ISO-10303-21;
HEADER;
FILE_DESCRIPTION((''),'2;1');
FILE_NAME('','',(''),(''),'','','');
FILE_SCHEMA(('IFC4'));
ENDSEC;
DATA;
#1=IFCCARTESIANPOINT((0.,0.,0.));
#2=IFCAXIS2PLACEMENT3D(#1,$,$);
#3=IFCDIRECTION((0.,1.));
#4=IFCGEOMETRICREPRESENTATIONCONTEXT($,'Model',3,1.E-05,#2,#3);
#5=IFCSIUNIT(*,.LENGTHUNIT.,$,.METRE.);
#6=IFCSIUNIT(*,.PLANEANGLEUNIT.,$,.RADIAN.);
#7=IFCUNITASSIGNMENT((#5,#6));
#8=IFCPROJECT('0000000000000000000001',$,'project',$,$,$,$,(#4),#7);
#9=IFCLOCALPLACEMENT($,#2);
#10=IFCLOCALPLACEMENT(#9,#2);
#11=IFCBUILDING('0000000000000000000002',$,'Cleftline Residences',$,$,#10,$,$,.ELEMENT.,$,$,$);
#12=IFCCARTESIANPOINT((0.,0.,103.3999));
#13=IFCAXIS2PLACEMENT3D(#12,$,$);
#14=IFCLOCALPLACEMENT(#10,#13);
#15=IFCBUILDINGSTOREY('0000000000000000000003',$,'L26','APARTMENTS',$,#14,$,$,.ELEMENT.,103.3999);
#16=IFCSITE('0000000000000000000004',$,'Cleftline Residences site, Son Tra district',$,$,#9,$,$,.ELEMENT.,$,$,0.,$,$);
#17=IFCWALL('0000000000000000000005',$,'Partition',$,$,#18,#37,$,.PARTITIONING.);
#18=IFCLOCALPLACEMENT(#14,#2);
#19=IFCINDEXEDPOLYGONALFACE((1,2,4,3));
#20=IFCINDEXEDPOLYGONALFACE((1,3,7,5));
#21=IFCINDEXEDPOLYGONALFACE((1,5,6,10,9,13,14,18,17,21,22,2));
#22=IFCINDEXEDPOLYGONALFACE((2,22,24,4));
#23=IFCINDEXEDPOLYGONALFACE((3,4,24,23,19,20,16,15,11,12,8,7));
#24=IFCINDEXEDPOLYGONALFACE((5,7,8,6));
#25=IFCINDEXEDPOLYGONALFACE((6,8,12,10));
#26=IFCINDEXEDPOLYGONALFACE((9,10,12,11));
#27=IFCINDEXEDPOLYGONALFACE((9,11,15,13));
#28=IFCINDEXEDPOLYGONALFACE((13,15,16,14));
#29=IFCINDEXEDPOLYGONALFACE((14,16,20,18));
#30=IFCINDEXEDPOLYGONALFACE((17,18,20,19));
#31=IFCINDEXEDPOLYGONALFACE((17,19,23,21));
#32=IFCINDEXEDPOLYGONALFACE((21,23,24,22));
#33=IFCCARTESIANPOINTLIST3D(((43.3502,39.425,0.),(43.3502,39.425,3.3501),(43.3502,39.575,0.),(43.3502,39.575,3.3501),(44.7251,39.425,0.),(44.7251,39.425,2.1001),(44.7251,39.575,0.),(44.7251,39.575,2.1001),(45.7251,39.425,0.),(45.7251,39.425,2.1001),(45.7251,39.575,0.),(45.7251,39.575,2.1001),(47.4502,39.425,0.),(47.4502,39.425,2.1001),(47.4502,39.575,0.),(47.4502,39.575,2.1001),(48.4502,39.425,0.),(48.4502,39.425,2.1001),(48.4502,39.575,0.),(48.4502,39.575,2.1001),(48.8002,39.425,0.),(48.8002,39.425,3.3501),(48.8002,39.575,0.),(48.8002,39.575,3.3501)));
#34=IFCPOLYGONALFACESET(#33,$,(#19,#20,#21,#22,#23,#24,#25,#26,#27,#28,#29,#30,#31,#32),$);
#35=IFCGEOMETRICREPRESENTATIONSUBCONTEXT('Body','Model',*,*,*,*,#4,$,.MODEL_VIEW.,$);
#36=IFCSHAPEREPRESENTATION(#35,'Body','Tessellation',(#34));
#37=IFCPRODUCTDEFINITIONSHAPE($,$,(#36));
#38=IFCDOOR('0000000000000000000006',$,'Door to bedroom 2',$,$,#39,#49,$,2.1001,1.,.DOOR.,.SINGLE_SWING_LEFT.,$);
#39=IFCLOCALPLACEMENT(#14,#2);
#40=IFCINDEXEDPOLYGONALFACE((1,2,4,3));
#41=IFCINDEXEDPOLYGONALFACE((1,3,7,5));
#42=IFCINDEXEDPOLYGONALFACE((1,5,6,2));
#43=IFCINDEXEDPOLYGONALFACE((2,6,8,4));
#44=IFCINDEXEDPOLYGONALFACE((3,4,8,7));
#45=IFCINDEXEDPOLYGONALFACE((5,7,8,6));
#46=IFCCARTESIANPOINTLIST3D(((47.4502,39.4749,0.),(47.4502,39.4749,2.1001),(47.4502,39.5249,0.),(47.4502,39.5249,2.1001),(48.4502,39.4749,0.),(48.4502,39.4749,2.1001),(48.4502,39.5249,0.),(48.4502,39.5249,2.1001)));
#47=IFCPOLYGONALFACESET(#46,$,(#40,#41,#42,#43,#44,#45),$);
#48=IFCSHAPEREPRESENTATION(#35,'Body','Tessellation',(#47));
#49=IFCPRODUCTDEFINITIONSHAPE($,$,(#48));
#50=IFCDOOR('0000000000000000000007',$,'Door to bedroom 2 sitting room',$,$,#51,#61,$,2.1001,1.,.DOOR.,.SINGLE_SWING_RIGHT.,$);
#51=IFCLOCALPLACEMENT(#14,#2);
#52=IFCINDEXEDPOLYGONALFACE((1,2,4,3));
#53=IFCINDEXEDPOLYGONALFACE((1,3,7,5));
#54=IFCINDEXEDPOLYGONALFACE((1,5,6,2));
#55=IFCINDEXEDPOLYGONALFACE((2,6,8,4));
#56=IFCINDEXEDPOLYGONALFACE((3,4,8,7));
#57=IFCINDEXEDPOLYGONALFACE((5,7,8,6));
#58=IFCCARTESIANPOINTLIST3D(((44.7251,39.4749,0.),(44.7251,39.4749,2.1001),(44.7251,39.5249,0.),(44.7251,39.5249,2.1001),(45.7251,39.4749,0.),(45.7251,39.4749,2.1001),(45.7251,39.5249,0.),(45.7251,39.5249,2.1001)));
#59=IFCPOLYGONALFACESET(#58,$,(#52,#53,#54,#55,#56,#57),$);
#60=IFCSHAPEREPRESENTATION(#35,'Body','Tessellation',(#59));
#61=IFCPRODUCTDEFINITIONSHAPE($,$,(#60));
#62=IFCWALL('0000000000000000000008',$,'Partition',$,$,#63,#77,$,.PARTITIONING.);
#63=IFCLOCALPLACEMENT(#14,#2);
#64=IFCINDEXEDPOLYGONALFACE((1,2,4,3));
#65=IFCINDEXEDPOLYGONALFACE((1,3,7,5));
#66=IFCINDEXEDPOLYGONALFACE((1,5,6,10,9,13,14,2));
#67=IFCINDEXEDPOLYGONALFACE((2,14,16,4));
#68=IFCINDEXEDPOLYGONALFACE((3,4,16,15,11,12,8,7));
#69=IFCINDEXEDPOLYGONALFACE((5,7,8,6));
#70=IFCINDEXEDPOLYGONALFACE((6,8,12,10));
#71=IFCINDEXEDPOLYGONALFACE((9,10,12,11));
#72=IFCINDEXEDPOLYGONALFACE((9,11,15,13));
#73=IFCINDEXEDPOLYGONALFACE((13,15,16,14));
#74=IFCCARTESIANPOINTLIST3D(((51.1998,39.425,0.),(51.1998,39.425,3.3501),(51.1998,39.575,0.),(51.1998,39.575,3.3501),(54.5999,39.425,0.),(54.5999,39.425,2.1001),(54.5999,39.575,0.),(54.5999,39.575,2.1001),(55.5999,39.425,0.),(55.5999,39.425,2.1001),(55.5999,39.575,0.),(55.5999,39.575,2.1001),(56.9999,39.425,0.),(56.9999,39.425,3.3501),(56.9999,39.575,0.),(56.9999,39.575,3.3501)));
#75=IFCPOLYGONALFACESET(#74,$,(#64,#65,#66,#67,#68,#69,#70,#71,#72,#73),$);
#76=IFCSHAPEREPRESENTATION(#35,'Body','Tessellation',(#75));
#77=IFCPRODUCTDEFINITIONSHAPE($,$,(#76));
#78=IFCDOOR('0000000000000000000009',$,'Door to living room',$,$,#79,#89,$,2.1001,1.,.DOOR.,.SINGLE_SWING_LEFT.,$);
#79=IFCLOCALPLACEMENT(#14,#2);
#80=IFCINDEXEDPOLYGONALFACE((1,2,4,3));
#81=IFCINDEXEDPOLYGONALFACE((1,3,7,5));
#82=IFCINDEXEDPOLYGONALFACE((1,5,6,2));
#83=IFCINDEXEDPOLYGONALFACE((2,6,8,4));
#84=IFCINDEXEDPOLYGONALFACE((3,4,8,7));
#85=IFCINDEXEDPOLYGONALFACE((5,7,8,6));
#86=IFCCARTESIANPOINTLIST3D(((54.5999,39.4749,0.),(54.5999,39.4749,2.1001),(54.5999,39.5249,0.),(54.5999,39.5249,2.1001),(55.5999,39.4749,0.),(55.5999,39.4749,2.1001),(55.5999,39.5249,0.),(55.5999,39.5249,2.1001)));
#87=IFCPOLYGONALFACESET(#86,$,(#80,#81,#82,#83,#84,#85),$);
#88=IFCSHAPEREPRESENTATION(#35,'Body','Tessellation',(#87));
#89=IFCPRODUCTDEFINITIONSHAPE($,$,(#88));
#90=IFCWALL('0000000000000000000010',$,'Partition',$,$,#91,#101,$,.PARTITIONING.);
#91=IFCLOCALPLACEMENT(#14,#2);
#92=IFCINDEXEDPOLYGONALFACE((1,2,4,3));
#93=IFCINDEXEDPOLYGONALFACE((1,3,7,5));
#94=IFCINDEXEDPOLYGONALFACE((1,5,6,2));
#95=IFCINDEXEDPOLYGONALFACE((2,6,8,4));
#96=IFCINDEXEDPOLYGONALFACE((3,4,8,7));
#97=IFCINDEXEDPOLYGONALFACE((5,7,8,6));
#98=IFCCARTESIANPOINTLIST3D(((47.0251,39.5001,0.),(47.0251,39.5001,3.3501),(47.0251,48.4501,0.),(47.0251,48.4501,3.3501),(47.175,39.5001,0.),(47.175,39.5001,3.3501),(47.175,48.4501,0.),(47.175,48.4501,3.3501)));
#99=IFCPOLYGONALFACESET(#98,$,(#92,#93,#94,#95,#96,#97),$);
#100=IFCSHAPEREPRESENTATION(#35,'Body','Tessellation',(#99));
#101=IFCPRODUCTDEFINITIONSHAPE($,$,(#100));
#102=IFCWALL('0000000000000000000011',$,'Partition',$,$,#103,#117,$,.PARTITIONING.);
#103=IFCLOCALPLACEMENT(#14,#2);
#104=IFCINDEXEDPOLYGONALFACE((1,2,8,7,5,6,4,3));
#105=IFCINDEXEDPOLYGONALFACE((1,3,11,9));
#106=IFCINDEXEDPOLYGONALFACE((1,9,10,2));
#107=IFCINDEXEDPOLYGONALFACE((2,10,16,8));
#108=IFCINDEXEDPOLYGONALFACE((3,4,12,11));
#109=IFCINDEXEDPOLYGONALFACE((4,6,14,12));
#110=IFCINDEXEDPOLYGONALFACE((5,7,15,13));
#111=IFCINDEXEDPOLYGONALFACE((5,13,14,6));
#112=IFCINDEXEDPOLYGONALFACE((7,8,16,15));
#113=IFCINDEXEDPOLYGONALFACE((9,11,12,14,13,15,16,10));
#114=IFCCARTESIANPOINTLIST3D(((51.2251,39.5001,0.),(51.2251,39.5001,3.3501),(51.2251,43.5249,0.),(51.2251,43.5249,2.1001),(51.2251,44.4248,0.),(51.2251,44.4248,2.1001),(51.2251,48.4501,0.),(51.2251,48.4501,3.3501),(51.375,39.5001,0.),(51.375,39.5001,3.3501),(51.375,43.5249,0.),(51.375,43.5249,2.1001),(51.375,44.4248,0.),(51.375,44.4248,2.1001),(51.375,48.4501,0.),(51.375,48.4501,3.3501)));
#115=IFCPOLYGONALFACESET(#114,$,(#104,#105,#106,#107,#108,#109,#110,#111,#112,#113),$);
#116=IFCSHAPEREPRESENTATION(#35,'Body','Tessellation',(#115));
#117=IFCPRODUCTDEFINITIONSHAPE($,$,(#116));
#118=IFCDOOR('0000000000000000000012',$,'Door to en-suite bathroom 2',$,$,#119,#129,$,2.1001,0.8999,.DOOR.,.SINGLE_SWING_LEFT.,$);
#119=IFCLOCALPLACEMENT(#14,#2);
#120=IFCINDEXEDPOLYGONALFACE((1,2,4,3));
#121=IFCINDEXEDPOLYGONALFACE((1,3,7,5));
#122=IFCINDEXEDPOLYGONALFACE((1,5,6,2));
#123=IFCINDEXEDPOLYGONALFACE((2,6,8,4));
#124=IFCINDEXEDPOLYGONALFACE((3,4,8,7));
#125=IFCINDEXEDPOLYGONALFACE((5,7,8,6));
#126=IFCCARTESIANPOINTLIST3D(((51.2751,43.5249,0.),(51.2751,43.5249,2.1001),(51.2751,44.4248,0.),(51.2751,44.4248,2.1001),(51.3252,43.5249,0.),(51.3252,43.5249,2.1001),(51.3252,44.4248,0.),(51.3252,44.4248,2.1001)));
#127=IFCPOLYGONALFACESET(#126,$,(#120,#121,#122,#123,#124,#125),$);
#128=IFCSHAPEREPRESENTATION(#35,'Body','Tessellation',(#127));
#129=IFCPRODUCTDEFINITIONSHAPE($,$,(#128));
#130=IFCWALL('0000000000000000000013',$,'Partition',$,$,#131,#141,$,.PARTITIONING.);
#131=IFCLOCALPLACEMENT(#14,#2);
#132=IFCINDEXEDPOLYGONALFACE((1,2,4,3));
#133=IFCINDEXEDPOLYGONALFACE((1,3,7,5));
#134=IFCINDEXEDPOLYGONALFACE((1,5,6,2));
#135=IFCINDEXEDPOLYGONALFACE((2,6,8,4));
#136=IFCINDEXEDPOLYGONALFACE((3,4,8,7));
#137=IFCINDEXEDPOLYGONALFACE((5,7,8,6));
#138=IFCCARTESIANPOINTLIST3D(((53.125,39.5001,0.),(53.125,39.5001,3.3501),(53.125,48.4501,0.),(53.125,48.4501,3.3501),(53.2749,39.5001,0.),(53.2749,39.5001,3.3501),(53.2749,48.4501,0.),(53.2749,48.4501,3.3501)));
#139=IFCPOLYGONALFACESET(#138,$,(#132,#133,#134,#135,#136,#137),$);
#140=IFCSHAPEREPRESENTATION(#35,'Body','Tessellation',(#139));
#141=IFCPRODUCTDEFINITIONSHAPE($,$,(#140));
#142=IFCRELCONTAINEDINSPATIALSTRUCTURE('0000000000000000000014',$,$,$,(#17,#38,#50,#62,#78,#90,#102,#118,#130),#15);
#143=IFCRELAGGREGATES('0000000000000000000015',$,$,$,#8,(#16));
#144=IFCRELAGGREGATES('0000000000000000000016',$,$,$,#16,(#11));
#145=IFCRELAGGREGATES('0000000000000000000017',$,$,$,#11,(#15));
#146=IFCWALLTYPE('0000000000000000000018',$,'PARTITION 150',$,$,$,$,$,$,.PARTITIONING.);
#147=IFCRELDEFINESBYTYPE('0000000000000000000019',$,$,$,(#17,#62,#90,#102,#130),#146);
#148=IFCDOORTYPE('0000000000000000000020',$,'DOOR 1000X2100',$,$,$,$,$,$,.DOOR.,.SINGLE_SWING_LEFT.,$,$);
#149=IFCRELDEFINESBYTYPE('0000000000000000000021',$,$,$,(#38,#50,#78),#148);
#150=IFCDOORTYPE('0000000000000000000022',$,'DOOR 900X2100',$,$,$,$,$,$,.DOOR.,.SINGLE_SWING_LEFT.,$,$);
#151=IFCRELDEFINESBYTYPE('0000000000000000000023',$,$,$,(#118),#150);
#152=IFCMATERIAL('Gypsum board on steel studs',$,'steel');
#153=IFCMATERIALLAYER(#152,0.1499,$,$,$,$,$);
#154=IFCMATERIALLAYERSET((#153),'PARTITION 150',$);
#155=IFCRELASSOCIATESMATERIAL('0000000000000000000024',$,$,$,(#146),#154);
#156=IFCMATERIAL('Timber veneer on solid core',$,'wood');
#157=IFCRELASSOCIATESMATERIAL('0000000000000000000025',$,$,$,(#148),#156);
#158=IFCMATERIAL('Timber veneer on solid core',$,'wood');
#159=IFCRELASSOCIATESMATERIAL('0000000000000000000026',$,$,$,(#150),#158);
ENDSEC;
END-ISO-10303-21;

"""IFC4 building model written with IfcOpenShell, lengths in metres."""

from ifc_helpers import new_model, si_unit, direction, frame, frame_2d, origin, place, context, subcontext, project, spatial, rectangle, extrude, material, layer, layer_set, type_object, element, fill, save


model = new_model("IFC4")

# Units and contexts
model_context = context("Model", 3, precision=1e-05, world=origin(), true_north=direction((0.0, 1.0)))
body_context = subcontext(model_context, "Body", "Model", "MODEL_VIEW")
ifc_project = project(units=[si_unit("LENGTHUNIT", "METRE"), si_unit("PLANEANGLEUNIT", "RADIAN")], contexts=[model_context])

# Site, building, storey
site_placement = place(None, origin())
site = spatial("IfcSite", under=ifc_project, at=site_placement, Name="Cleftline Residences site, Son Tra district", CompositionType="ELEMENT", RefElevation=0.0)
building_placement = place(site_placement, origin())
building = spatial("IfcBuilding", under=site, at=building_placement, Name="Cleftline Residences", CompositionType="ELEMENT")
storey_placement = place(building_placement, frame((0.0, 0.0, 103.3999)))
storey = spatial("IfcBuildingStorey", under=building, at=storey_placement, Name="L26", Description="APARTMENTS", CompositionType="ELEMENT", Elevation=103.3999)

# Wall, openings, doors
ifc_material_1 = material(Name="Gypsum board on steel studs", Category="steel")
ifc_layer_1 = layer(ifc_material_1, 0.1499)
ifc_layer_set_1 = layer_set([ifc_layer_1], Name="PARTITION 150")
wall_type = type_object("IfcWallType", Name="PARTITION 150", PredefinedType="PARTITIONING", material=ifc_layer_set_1)
wall_1_placement = place(storey_placement, frame((43.3501, 39.5, 0.0), z_axis=(0.0, 0.0, 1.0), x_axis=(1.0, 0.0, 0.0)))
wall_1 = element("IfcWall", 1, at=wall_1_placement, inside=storey, type_object=wall_type, Name="Partition", PredefinedType="PARTITIONING", context=body_context, shape_type="SweptSolid", body=[
    extrude(rectangle(XDim=5.45, YDim=0.1499, at=frame_2d((2.7251, 0.0))), origin(), (0.0, 0.0, 1.0), 3.3501),
])
opening_1_placement = place(wall_1_placement, frame((4.1001, 0.0, 0.0)))
opening_1 = element("IfcOpeningElement", 2, at=opening_1_placement, cuts=wall_1, PredefinedType="OPENING", context=body_context, shape_type="SweptSolid", body=[
    extrude(rectangle(XDim=1.0, YDim=2.1001, at=frame_2d((0.5, 1.05))), frame((0.0, 0.085, 0.0), z_axis=(0.0, -1.0, 0.0), x_axis=(1.0, 0.0, 0.0)), (0.0, 0.0, 1.0), 0.1699),
])
opening_2_placement = place(wall_1_placement, frame((1.375, 0.0, 0.0)))
opening_2 = element("IfcOpeningElement", 3, at=opening_2_placement, cuts=wall_1, PredefinedType="OPENING", context=body_context, shape_type="SweptSolid", body=[
    extrude(rectangle(XDim=1.0, YDim=2.1001, at=frame_2d((0.5, 1.05))), frame((0.0, 0.085, 0.0), z_axis=(0.0, -1.0, 0.0), x_axis=(1.0, 0.0, 0.0)), (0.0, 0.0, 1.0), 0.1699),
])
ifc_material_2 = material(Name="Timber veneer on solid core", Category="wood")
door_type_1 = type_object("IfcDoorType", Name="DOOR 1000X2100", OperationType="SINGLE_SWING_LEFT", PredefinedType="DOOR", material=ifc_material_2)
door_1_placement = place(opening_1_placement, origin())
door_1 = element("IfcDoor", 4, at=door_1_placement, inside=storey, type_object=door_type_1, Name="Door to bedroom 2", OperationType="SINGLE_SWING_LEFT", OverallHeight=2.1001, OverallWidth=1.0, PredefinedType="DOOR", context=body_context, shape_type="SweptSolid", body=[
    extrude(rectangle(XDim=1.0, YDim=2.1001, at=frame_2d((0.5, 1.05))), frame((0.0, 0.0249, 0.0), z_axis=(0.0, -1.0, 0.0), x_axis=(1.0, 0.0, 0.0)), (0.0, 0.0, 1.0), 0.05),
])
fill(opening_1, door_1)
door_2_placement = place(opening_2_placement, origin())
door_2 = element("IfcDoor", 5, at=door_2_placement, inside=storey, type_object=door_type_1, Name="Door to bedroom 2 sitting room", OperationType="SINGLE_SWING_RIGHT", OverallHeight=2.1001, OverallWidth=1.0, PredefinedType="DOOR", context=body_context, shape_type="SweptSolid", body=[
    extrude(rectangle(XDim=1.0, YDim=2.1001, at=frame_2d((0.5, 1.05))), frame((0.0, 0.0249, 0.0), z_axis=(0.0, -1.0, 0.0), x_axis=(1.0, 0.0, 0.0)), (0.0, 0.0, 1.0), 0.05),
])
fill(opening_2, door_2)

# Wall, opening, door
wall_2_placement = place(storey_placement, frame((51.2, 39.5, 0.0), z_axis=(0.0, 0.0, 1.0), x_axis=(1.0, 0.0, 0.0)))
wall_2 = element("IfcWall", 6, at=wall_2_placement, inside=storey, type_object=wall_type, Name="Partition", PredefinedType="PARTITIONING", context=body_context, shape_type="SweptSolid", body=[
    extrude(rectangle(XDim=5.8, YDim=0.1499, at=frame_2d((2.8999, 0.0))), origin(), (0.0, 0.0, 1.0), 3.3501),
])
opening_3_placement = place(wall_2_placement, frame((3.3999, 0.0, 0.0)))
opening_3 = element("IfcOpeningElement", 7, at=opening_3_placement, cuts=wall_2, PredefinedType="OPENING", context=body_context, shape_type="SweptSolid", body=[
    extrude(rectangle(XDim=1.0, YDim=2.1001, at=frame_2d((0.5, 1.05))), frame((0.0, 0.085, 0.0), z_axis=(0.0, -1.0, 0.0), x_axis=(1.0, 0.0, 0.0)), (0.0, 0.0, 1.0), 0.1699),
])
door_3_placement = place(opening_3_placement, origin())
door_3 = element("IfcDoor", 8, at=door_3_placement, inside=storey, type_object=door_type_1, Name="Door to living room", OperationType="SINGLE_SWING_LEFT", OverallHeight=2.1001, OverallWidth=1.0, PredefinedType="DOOR", context=body_context, shape_type="SweptSolid", body=[
    extrude(rectangle(XDim=1.0, YDim=2.1001, at=frame_2d((0.5, 1.05))), frame((0.0, 0.0249, 0.0), z_axis=(0.0, -1.0, 0.0), x_axis=(1.0, 0.0, 0.0)), (0.0, 0.0, 1.0), 0.05),
])
fill(opening_3, door_3)

# Wall
wall_3_placement = place(storey_placement, frame((47.1001, 39.5, 0.0), z_axis=(0.0, 0.0, 1.0), x_axis=(0.0, 1.0, 0.0)))
element("IfcWall", 9, at=wall_3_placement, inside=storey, type_object=wall_type, Name="Partition", PredefinedType="PARTITIONING", context=body_context, shape_type="SweptSolid", body=[
    extrude(rectangle(XDim=8.95, YDim=0.1499, at=frame_2d((4.4751, 0.0))), origin(), (0.0, 0.0, 1.0), 3.3501),
])

# Wall, opening, door
wall_4_placement = place(storey_placement, frame((51.3, 39.5, 0.0), z_axis=(0.0, 0.0, 1.0), x_axis=(0.0, 1.0, 0.0)))
wall_4 = element("IfcWall", 10, at=wall_4_placement, inside=storey, type_object=wall_type, Name="Partition", PredefinedType="PARTITIONING", context=body_context, shape_type="SweptSolid", body=[
    extrude(rectangle(XDim=8.95, YDim=0.1499, at=frame_2d((4.4751, 0.0))), origin(), (0.0, 0.0, 1.0), 3.3501),
])
opening_4_placement = place(wall_4_placement, frame((4.0249, 0.0, 0.0)))
opening_4 = element("IfcOpeningElement", 11, at=opening_4_placement, cuts=wall_4, PredefinedType="OPENING", context=body_context, shape_type="SweptSolid", body=[
    extrude(rectangle(XDim=0.8999, YDim=2.1001, at=frame_2d((0.45, 1.05))), frame((0.0, 0.085, 0.0), z_axis=(0.0, -1.0, 0.0), x_axis=(1.0, 0.0, 0.0)), (0.0, 0.0, 1.0), 0.1699),
])
ifc_material_3 = material(Name="Timber veneer on solid core", Category="wood")
door_type_2 = type_object("IfcDoorType", Name="DOOR 900X2100", OperationType="SINGLE_SWING_LEFT", PredefinedType="DOOR", material=ifc_material_3)
door_4_placement = place(opening_4_placement, origin())
door_4 = element("IfcDoor", 12, at=door_4_placement, inside=storey, type_object=door_type_2, Name="Door to en-suite bathroom 2", OperationType="SINGLE_SWING_LEFT", OverallHeight=2.1001, OverallWidth=0.8999, PredefinedType="DOOR", context=body_context, shape_type="SweptSolid", body=[
    extrude(rectangle(XDim=0.8999, YDim=2.1001, at=frame_2d((0.45, 1.05))), frame((0.0, 0.0249, 0.0), z_axis=(0.0, -1.0, 0.0), x_axis=(1.0, 0.0, 0.0)), (0.0, 0.0, 1.0), 0.05),
])
fill(opening_4, door_4)

# Wall
wall_5_placement = place(storey_placement, frame((53.2, 39.5, 0.0), z_axis=(0.0, 0.0, 1.0), x_axis=(0.0, 1.0, 0.0)))
element("IfcWall", 13, at=wall_5_placement, inside=storey, type_object=wall_type, Name="Partition", PredefinedType="PARTITIONING", context=body_context, shape_type="SweptSolid", body=[
    extrude(rectangle(XDim=8.95, YDim=0.1499, at=frame_2d((4.4751, 0.0))), origin(), (0.0, 0.0, 1.0), 3.3501),
])

save(model, "model.ifc")
